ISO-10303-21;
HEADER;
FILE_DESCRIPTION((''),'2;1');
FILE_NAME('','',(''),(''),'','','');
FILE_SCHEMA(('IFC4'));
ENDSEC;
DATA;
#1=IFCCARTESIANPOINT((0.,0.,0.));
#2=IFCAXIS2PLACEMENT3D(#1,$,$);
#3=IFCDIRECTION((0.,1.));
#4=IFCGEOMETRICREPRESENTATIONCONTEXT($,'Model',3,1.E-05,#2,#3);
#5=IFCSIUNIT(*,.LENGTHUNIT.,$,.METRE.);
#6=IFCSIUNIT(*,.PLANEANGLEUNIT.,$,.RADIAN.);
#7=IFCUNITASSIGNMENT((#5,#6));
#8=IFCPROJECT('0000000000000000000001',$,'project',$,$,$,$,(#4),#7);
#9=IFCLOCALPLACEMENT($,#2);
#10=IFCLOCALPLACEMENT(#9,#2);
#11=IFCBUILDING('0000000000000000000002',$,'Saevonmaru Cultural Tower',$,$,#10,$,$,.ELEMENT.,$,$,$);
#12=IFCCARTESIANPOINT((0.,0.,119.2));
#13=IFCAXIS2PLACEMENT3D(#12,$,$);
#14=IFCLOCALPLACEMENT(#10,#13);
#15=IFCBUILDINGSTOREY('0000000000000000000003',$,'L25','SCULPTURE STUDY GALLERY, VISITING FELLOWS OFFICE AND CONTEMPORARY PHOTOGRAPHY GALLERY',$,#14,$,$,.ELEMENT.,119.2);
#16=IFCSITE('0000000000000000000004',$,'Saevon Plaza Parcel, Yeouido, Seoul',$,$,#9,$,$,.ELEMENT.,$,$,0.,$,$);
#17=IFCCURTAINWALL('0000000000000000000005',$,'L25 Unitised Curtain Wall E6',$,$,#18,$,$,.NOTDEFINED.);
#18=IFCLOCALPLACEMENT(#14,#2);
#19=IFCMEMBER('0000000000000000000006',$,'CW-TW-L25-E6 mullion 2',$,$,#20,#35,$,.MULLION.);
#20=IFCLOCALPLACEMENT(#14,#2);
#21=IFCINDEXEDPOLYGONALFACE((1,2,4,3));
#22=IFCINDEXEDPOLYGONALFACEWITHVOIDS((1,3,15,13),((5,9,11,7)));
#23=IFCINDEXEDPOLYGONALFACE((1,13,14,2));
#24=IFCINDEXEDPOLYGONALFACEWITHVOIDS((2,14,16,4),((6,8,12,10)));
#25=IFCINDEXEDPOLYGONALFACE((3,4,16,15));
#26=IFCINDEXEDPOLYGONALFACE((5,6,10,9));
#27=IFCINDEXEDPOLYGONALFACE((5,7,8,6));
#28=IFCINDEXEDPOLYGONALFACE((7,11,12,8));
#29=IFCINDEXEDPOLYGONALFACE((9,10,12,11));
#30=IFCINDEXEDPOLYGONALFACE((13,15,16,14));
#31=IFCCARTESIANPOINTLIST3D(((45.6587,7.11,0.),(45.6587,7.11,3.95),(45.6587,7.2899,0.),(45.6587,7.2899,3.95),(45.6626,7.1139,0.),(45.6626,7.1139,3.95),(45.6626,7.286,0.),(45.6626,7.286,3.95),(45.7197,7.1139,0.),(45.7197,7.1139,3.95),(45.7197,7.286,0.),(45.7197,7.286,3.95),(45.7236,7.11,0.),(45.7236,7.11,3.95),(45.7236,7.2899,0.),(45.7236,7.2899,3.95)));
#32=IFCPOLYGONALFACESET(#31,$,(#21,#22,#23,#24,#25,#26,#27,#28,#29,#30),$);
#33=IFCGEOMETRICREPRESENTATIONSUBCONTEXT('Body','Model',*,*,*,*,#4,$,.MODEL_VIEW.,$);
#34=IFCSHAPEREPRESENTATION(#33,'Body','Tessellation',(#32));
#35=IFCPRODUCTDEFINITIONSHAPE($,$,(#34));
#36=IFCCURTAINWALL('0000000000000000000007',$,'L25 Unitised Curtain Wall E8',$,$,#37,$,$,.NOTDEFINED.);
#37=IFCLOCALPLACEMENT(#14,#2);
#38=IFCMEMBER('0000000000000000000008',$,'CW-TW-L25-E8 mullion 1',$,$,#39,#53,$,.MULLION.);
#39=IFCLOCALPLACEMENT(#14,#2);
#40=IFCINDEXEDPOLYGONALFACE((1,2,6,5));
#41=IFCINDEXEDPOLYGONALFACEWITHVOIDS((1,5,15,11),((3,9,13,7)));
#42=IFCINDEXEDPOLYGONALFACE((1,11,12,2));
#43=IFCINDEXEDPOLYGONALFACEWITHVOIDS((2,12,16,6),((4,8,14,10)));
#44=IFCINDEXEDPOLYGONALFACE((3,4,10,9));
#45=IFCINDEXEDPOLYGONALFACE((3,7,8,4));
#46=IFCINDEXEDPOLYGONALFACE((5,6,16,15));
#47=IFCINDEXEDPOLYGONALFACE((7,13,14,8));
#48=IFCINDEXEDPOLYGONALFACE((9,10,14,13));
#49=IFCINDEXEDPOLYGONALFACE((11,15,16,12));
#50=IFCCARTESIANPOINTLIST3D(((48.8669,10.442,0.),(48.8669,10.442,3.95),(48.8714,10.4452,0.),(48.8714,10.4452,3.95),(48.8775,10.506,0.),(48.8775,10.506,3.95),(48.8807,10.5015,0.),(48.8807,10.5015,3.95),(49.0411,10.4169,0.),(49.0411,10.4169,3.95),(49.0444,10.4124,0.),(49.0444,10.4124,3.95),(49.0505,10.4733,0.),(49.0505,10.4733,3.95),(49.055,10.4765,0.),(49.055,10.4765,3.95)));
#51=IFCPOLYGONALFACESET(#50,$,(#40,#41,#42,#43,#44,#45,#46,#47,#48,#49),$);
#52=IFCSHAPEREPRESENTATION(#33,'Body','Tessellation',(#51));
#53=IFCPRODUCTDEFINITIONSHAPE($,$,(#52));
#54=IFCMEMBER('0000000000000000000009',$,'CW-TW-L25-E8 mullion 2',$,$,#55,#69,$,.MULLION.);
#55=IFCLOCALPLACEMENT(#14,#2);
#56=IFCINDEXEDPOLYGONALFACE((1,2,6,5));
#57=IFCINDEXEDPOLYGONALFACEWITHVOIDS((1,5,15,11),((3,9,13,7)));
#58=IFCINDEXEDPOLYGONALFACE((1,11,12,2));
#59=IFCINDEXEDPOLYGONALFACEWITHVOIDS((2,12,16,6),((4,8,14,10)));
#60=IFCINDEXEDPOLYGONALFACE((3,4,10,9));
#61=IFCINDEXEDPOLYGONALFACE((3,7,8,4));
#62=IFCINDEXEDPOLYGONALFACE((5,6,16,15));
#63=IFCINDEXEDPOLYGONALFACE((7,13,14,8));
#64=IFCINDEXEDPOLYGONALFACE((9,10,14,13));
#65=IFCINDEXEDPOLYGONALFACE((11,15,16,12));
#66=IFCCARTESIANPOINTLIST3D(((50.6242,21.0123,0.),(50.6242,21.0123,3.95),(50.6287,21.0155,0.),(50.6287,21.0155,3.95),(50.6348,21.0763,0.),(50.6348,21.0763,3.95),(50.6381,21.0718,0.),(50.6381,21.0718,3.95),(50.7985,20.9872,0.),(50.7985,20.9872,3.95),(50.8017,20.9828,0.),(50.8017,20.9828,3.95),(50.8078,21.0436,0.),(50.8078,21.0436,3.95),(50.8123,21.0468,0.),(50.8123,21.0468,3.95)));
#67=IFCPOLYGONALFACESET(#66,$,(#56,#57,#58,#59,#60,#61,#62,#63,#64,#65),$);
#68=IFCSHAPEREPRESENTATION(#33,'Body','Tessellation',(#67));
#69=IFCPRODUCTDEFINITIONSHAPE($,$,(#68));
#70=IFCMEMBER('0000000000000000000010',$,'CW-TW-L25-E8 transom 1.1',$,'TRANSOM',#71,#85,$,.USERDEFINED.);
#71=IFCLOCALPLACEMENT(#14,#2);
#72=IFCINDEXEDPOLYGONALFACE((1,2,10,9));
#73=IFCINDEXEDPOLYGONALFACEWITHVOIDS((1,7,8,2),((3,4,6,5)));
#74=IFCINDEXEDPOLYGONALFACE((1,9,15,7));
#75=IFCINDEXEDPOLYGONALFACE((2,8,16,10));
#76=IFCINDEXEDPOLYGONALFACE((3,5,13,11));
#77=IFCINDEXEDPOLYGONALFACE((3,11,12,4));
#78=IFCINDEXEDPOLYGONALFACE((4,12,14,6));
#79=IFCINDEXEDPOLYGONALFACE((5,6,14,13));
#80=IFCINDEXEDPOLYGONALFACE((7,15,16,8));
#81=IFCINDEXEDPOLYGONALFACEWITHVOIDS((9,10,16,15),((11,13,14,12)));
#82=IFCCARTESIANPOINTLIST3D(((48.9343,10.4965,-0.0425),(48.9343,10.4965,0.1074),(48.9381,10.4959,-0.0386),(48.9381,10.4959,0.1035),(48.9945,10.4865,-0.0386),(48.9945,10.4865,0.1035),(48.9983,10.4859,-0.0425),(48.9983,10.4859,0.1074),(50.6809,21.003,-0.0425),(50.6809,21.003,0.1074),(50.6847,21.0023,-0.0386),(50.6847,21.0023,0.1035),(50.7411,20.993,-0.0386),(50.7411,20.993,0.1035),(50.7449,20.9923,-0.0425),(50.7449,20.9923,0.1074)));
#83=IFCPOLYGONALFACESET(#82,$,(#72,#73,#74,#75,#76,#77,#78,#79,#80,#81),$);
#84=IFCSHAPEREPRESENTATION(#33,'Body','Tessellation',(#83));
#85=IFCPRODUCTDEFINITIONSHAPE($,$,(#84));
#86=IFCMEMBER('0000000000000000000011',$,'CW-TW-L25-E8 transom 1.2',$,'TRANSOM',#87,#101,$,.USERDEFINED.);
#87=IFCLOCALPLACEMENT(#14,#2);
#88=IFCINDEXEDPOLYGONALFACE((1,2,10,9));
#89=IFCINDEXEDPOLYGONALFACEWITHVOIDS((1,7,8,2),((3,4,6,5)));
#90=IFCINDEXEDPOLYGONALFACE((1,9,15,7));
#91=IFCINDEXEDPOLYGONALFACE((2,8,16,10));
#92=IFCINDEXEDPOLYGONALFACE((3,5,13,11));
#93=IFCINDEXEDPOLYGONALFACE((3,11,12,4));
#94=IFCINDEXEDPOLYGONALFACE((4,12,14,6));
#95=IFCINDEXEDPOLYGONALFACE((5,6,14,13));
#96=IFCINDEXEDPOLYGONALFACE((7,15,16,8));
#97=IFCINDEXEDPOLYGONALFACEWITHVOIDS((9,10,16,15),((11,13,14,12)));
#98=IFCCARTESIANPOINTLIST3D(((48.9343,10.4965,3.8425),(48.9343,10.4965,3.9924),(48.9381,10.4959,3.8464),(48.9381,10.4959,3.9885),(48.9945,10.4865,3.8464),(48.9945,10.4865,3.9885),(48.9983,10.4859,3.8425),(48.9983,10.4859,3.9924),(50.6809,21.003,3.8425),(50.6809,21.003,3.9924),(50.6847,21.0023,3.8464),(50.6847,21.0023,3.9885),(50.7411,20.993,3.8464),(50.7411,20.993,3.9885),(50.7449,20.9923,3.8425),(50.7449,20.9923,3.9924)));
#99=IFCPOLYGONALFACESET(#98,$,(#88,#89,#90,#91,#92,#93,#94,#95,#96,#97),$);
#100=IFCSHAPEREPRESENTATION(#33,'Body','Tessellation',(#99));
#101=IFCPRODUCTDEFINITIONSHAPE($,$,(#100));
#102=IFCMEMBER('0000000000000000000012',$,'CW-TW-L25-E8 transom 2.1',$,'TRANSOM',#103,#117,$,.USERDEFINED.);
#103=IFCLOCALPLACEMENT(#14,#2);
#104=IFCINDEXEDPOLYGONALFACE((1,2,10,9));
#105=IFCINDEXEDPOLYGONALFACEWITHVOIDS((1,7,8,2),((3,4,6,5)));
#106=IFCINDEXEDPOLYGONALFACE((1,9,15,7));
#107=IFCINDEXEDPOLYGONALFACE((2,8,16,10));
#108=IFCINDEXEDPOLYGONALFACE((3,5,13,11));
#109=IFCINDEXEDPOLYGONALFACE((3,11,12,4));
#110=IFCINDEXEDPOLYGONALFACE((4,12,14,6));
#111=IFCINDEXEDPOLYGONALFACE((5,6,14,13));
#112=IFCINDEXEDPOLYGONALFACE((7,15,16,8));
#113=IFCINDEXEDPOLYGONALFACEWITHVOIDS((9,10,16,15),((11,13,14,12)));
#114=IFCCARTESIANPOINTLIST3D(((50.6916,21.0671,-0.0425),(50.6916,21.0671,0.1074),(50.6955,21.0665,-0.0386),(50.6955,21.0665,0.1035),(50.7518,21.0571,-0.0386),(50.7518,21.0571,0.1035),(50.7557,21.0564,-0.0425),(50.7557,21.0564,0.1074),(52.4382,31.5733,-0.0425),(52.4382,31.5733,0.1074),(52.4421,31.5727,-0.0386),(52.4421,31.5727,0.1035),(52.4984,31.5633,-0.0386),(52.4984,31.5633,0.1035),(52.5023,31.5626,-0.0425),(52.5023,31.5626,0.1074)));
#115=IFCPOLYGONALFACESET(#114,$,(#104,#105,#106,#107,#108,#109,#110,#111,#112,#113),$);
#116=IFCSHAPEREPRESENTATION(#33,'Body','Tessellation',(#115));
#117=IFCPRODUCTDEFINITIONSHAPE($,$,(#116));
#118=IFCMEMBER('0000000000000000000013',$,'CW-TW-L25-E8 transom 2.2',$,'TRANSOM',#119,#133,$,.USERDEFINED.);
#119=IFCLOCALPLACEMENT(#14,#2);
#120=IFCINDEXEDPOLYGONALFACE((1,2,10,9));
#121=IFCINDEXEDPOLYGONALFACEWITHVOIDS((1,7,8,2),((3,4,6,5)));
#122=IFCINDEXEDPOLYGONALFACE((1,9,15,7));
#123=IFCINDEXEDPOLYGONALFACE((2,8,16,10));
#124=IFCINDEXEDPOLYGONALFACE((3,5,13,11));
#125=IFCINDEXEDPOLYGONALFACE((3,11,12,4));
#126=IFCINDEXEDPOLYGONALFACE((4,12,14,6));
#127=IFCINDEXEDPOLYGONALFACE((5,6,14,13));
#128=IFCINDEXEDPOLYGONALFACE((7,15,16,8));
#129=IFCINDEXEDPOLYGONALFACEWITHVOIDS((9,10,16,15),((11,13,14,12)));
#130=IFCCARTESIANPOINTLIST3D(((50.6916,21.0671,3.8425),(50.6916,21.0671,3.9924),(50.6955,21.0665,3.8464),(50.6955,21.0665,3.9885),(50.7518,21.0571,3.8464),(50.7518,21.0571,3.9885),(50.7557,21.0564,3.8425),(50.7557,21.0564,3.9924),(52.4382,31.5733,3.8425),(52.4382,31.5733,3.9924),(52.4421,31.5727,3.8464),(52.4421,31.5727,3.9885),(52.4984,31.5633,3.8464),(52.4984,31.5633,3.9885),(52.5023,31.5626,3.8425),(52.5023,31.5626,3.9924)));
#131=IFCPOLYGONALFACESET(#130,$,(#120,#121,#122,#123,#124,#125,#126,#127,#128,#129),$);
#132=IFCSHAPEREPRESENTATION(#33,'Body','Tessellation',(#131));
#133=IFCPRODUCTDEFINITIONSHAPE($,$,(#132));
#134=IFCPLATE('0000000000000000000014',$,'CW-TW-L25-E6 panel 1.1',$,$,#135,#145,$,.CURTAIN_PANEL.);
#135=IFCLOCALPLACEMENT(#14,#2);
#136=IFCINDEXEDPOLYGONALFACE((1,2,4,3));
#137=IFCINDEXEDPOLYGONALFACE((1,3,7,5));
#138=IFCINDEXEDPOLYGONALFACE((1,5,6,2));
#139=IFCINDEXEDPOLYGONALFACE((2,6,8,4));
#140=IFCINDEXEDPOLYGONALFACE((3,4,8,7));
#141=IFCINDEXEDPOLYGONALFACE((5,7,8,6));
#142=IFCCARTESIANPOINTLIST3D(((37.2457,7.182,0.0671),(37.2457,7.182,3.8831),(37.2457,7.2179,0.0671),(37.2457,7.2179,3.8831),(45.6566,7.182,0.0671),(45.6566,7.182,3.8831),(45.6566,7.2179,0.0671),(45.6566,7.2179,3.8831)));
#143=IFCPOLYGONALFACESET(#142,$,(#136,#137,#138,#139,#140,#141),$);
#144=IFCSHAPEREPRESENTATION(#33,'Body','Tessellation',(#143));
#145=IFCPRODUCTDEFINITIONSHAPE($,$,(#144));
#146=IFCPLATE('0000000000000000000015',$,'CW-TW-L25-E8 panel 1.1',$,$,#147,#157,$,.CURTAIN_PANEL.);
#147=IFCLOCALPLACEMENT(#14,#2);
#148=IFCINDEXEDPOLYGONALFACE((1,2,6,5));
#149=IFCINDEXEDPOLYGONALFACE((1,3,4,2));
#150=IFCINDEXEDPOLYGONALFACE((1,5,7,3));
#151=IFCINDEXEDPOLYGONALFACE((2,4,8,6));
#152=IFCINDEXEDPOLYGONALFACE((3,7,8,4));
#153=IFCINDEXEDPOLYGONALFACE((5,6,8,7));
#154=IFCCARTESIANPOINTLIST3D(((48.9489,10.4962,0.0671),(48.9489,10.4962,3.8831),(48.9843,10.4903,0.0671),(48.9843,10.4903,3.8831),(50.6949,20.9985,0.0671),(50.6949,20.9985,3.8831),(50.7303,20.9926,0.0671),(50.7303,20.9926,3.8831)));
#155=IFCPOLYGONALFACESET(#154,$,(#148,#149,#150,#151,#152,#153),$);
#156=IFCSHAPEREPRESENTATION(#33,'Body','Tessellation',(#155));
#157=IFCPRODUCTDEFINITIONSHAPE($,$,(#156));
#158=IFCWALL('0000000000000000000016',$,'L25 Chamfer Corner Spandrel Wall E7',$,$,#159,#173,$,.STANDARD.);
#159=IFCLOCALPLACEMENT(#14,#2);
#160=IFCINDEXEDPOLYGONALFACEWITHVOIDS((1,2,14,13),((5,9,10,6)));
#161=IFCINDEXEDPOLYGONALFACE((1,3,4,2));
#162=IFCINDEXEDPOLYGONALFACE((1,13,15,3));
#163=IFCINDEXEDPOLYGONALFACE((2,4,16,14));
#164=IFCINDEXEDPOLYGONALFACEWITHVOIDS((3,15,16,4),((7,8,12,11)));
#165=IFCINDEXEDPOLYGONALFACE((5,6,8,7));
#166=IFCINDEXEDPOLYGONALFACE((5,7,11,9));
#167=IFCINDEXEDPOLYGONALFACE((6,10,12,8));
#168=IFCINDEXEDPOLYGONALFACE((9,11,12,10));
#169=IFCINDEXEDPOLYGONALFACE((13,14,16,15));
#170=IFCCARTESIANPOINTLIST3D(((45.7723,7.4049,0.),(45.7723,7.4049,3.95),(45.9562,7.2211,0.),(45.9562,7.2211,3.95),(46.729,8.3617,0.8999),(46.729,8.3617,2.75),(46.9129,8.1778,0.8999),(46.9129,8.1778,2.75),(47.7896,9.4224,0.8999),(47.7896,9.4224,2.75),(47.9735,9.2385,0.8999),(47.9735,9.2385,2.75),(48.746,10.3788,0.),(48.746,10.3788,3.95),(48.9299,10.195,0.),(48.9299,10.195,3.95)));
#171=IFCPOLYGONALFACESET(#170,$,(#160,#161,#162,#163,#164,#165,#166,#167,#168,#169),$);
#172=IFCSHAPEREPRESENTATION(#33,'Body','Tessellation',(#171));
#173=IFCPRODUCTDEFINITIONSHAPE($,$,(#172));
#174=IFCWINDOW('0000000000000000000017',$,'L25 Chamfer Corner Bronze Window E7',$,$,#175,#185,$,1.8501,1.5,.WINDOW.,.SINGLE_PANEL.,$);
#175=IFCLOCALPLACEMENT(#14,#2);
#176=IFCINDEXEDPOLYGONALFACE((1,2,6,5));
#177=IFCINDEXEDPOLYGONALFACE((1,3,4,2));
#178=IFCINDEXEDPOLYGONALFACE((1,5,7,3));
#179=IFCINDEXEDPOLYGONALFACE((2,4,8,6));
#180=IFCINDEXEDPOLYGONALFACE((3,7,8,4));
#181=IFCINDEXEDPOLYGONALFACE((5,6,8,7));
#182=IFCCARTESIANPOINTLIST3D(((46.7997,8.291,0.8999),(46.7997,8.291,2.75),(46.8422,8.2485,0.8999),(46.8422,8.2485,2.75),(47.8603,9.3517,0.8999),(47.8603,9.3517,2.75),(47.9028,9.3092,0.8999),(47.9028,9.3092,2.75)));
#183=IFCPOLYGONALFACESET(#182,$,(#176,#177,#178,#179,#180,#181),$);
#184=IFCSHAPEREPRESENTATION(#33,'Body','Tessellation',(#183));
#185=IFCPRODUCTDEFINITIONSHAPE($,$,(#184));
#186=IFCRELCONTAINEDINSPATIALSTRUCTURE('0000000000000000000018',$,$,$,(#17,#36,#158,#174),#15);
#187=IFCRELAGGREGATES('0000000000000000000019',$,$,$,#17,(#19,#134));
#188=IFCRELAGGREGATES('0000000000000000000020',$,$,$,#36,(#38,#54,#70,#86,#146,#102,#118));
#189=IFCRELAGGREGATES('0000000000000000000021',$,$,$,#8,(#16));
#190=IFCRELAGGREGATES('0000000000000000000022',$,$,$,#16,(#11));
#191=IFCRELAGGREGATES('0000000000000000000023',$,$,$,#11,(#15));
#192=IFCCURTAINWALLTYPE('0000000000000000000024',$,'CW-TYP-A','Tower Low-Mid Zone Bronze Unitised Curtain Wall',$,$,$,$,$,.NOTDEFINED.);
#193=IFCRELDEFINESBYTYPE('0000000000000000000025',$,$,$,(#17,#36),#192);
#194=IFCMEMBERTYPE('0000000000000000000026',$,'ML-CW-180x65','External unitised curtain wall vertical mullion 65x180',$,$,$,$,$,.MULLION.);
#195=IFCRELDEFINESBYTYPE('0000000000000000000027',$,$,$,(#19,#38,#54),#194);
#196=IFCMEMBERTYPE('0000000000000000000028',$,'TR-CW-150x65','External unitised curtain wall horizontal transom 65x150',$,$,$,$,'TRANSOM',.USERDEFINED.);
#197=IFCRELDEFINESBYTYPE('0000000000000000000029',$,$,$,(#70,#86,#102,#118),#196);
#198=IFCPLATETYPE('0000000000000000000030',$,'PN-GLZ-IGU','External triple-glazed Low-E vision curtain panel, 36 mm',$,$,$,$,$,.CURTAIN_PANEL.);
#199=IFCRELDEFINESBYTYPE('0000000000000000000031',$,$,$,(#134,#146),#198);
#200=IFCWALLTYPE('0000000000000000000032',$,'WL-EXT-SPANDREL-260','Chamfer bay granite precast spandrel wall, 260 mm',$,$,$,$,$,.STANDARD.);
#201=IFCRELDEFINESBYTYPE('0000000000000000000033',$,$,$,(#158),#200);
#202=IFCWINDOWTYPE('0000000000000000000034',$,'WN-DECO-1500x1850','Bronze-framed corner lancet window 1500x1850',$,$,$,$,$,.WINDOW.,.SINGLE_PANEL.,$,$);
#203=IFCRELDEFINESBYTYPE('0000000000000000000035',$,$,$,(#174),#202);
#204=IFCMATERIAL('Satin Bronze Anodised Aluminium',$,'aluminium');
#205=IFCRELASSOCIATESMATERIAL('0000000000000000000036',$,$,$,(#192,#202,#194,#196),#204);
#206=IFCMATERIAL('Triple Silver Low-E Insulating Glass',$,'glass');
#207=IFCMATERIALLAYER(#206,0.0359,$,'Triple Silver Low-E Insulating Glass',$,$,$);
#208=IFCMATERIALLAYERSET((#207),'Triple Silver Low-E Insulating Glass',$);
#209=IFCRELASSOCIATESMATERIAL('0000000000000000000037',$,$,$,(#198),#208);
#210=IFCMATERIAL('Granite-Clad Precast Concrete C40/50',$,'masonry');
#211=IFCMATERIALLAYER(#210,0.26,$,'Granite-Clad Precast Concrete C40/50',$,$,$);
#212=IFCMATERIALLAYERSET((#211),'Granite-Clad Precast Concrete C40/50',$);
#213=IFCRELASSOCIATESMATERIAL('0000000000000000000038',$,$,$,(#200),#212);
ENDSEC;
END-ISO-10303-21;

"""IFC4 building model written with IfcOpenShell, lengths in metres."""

from ifc_helpers import new_model, si_unit, direction, frame, frame_2d, origin, origin_2d, place, context, subcontext, project, spatial, rectangle, hollow_rectangle, extrude, material, layer, layer_set, material_profile, profile_set, type_object, element, fill, aggregate, save


model = new_model("IFC4")

# Units and contexts
model_context = context("Model", 3, precision=1e-05, world=origin(), true_north=direction((0.0, 1.0)))
body_context = subcontext(model_context, "Body", "Model", "MODEL_VIEW")
ifc_project = project(units=[si_unit("LENGTHUNIT", "METRE"), si_unit("PLANEANGLEUNIT", "RADIAN")], contexts=[model_context])

# Site, building, storey
site_placement = place(None, origin())
site = spatial("IfcSite", under=ifc_project, at=site_placement, Name="Saevon Plaza Parcel, Yeouido, Seoul", CompositionType="ELEMENT", RefElevation=0.0)
building_placement = place(site_placement, origin())
building = spatial("IfcBuilding", under=site, at=building_placement, Name="Saevonmaru Cultural Tower", CompositionType="ELEMENT")
storey_placement = place(building_placement, frame((0.0, 0.0, 119.2)))
storey = spatial("IfcBuildingStorey", under=building, at=storey_placement, Name="L25", Description="SCULPTURE STUDY GALLERY, VISITING FELLOWS OFFICE AND CONTEMPORARY PHOTOGRAPHY GALLERY", CompositionType="ELEMENT", Elevation=119.2)

# Curtain wall, member
ifc_material_1 = material(Name="Satin Bronze Anodised Aluminium", Category="aluminium")
curtain_wall_type = type_object("IfcCurtainWallType", Name="CW-TYP-A", Description="Tower Low-Mid Zone Bronze Unitised Curtain Wall", PredefinedType="NOTDEFINED", material=ifc_material_1)
curtain_wall_1_placement = place(storey_placement, origin())
curtain_wall_1 = element("IfcCurtainWall", 1, at=curtain_wall_1_placement, inside=storey, type_object=curtain_wall_type, Name="L25 Unitised Curtain Wall E6", PredefinedType="NOTDEFINED")
ifc_material_profile_1 = material_profile(ifc_material_1, hollow_rectangle(XDim=0.0649, YDim=0.1799, WallThickness=0.0039, at=origin_2d()), Name="ALU-MULL-180x65x4")
ifc_profile_set_1 = profile_set([ifc_material_profile_1], Name="Satin Bronze Anodised Aluminium")
member_type_1 = type_object("IfcMemberType", Name="ML-CW-180x65", Description="External unitised curtain wall vertical mullion 65x180", PredefinedType="MULLION", material=ifc_profile_set_1)
member_1_placement = place(storey_placement, frame((45.6912, 7.2, 0.0), z_axis=(0.0, 0.0, 1.0), x_axis=(1.0, 0.0, 0.0)))
member_1 = element("IfcMember", 2, at=member_1_placement, type_object=member_type_1, Name="CW-TW-L25-E6 mullion 2", PredefinedType="MULLION", context=body_context, shape_type="SweptSolid", body=[
    extrude(hollow_rectangle(XDim=0.0649, YDim=0.1799, WallThickness=0.0039, at=origin_2d()), origin(), (0.0, 0.0, 1.0), 3.95),
])

# Curtain wall, members
curtain_wall_2_placement = place(storey_placement, origin())
curtain_wall_2 = element("IfcCurtainWall", 3, at=curtain_wall_2_placement, inside=storey, type_object=curtain_wall_type, Name="L25 Unitised Curtain Wall E8", PredefinedType="NOTDEFINED")
member_2_placement = place(storey_placement, frame((48.9609, 10.4592, 0.0), z_axis=(0.0, 0.0, 1.0), x_axis=(0.163999, 0.986461, 0.0)))
member_2 = element("IfcMember", 4, at=member_2_placement, type_object=member_type_1, Name="CW-TW-L25-E8 mullion 1", PredefinedType="MULLION", context=body_context, shape_type="SweptSolid", body=[
    extrude(hollow_rectangle(XDim=0.0649, YDim=0.1799, WallThickness=0.0039, at=origin_2d()), origin(), (0.0, 0.0, 1.0), 3.95),
])
member_3_placement = place(storey_placement, frame((50.7183, 21.0295, 0.0), z_axis=(0.0, 0.0, 1.0), x_axis=(0.163999, 0.986461, 0.0)))
member_3 = element("IfcMember", 5, at=member_3_placement, type_object=member_type_1, Name="CW-TW-L25-E8 mullion 2", PredefinedType="MULLION", context=body_context, shape_type="SweptSolid", body=[
    extrude(hollow_rectangle(XDim=0.0649, YDim=0.1799, WallThickness=0.0039, at=origin_2d()), origin(), (0.0, 0.0, 1.0), 3.95),
])
ifc_material_profile_2 = material_profile(ifc_material_1, hollow_rectangle(XDim=0.0649, YDim=0.1499, WallThickness=0.0039, at=origin_2d()), Name="ALU-TRAN-150x65x4")
ifc_profile_set_2 = profile_set([ifc_material_profile_2], Name="Satin Bronze Anodised Aluminium")
member_type_2 = type_object("IfcMemberType", Name="TR-CW-150x65", Description="External unitised curtain wall horizontal transom 65x150", ElementType="TRANSOM", PredefinedType="USERDEFINED", material=ifc_profile_set_2)
member_4_placement = place(storey_placement, frame((48.9663, 10.4912, 0.0325), z_axis=(0.16399, 0.986462, 0.0), x_axis=(-0.986462, 0.16399, 0.0)))
member_4 = element("IfcMember", 6, at=member_4_placement, type_object=member_type_2, Name="CW-TW-L25-E8 transom 1.1", ObjectType="TRANSOM", PredefinedType="USERDEFINED", context=body_context, shape_type="SweptSolid", body=[
    extrude(hollow_rectangle(XDim=0.0649, YDim=0.1499, WallThickness=0.0039, at=origin_2d()), origin(), (0.0, 0.0, 1.0), 10.6506),
])
member_5_placement = place(storey_placement, frame((48.9663, 10.4912, 3.9175), z_axis=(0.16399, 0.986462, 0.0), x_axis=(-0.986462, 0.16399, 0.0)))
member_5 = element("IfcMember", 7, at=member_5_placement, type_object=member_type_2, Name="CW-TW-L25-E8 transom 1.2", ObjectType="TRANSOM", PredefinedType="USERDEFINED", context=body_context, shape_type="SweptSolid", body=[
    extrude(hollow_rectangle(XDim=0.0649, YDim=0.1499, WallThickness=0.0039, at=origin_2d()), origin(), (0.0, 0.0, 1.0), 10.6506),
])
member_6_placement = place(storey_placement, frame((50.7236, 21.0618, 0.0325), z_axis=(0.163994, 0.986461, 0.0), x_axis=(-0.986461, 0.163994, 0.0)))
member_6 = element("IfcMember", 8, at=member_6_placement, type_object=member_type_2, Name="CW-TW-L25-E8 transom 2.1", ObjectType="TRANSOM", PredefinedType="USERDEFINED", context=body_context, shape_type="SweptSolid", body=[
    extrude(hollow_rectangle(XDim=0.0649, YDim=0.1499, WallThickness=0.0039, at=origin_2d()), origin(), (0.0, 0.0, 1.0), 10.6504),
])
member_7_placement = place(storey_placement, frame((50.7236, 21.0618, 3.9175), z_axis=(0.163994, 0.986461, 0.0), x_axis=(-0.986461, 0.163994, 0.0)))
member_7 = element("IfcMember", 9, at=member_7_placement, type_object=member_type_2, Name="CW-TW-L25-E8 transom 2.2", ObjectType="TRANSOM", PredefinedType="USERDEFINED", context=body_context, shape_type="SweptSolid", body=[
    extrude(hollow_rectangle(XDim=0.0649, YDim=0.1499, WallThickness=0.0039, at=origin_2d()), origin(), (0.0, 0.0, 1.0), 10.6504),
])

# Plates
ifc_material_2 = material(Name="Triple Silver Low-E Insulating Glass", Category="glass")
ifc_layer_1 = layer(ifc_material_2, 0.0359, Name="Triple Silver Low-E Insulating Glass")
ifc_layer_set_1 = layer_set([ifc_layer_1], Name="Triple Silver Low-E Insulating Glass")
plate_type = type_object("IfcPlateType", Name="PN-GLZ-IGU", Description="External triple-glazed Low-E vision curtain panel, 36 mm", PredefinedType="CURTAIN_PANEL", material=ifc_layer_set_1)
plate_1_placement = place(storey_placement, frame((41.4512, 7.2, 0.0671), z_axis=(0.0, 0.0, 1.0), x_axis=(1.0, 0.0, 0.0)))
plate_1 = element("IfcPlate", 10, at=plate_1_placement, type_object=plate_type, Name="CW-TW-L25-E6 panel 1.1", PredefinedType="CURTAIN_PANEL", context=body_context, shape_type="SweptSolid", body=[
    extrude(rectangle(XDim=8.4109, YDim=0.0359, at=origin_2d()), origin(), (0.0, 0.0, 1.0), 3.8159),
])
aggregate(curtain_wall_1, [member_1, plate_1])
plate_2_placement = place(storey_placement, frame((49.8396, 15.7444, 0.0671), z_axis=(0.0, 0.0, 1.0), x_axis=(0.163999, 0.986461, 0.0)))
plate_2 = element("IfcPlate", 11, at=plate_2_placement, type_object=plate_type, Name="CW-TW-L25-E8 panel 1.1", PredefinedType="CURTAIN_PANEL", context=body_context, shape_type="SweptSolid", body=[
    extrude(rectangle(XDim=10.6465, YDim=0.0359, at=origin_2d()), origin(), (0.0, 0.0, 1.0), 3.8159),
])
aggregate(curtain_wall_2, [member_2, member_3, member_4, member_5, plate_2, member_6, member_7])

# Wall, opening, window
ifc_material_3 = material(Name="Granite-Clad Precast Concrete C40/50", Category="masonry")
ifc_layer_2 = layer(ifc_material_3, 0.26, Name="Granite-Clad Precast Concrete C40/50")
ifc_layer_set_2 = layer_set([ifc_layer_2], Name="Granite-Clad Precast Concrete C40/50")
wall_type_1 = type_object("IfcWallType", Name="WL-EXT-SPANDREL-260", Description="Chamfer bay granite precast spandrel wall, 260 mm", PredefinedType="STANDARD", material=ifc_layer_set_2)
wall_1_placement = place(storey_placement, frame((45.8643, 7.313, 0.0), z_axis=(0.0, 0.0, 1.0), x_axis=(0.707078, 0.707136, 0.0)))
wall_1 = element("IfcWall", 12, at=wall_1_placement, inside=storey, type_object=wall_type_1, Name="L25 Chamfer Corner Spandrel Wall E7", PredefinedType="STANDARD", context=body_context, shape_type="SweptSolid", body=[
    extrude(rectangle(XDim=4.2056, YDim=0.26, at=frame_2d((2.1028, 0.0))), origin(), (0.0, 0.0, 1.0), 3.95),
])
opening_placement = place(wall_1_placement, frame((1.353, 0.0, 0.8999)))
opening = element("IfcOpeningElement", 13, at=opening_placement, cuts=wall_1, PredefinedType="OPENING", context=body_context, shape_type="SweptSolid", body=[
    extrude(rectangle(XDim=1.5, YDim=1.8501, at=frame_2d((0.75, 0.925))), frame((0.0, 0.1401, 0.0), z_axis=(0.0, -1.0, 0.0), x_axis=(1.0, 0.0, 0.0)), (0.0, 0.0, 1.0), 0.28),
])
window_type = type_object("IfcWindowType", Name="WN-DECO-1500x1850", Description="Bronze-framed corner lancet window 1500x1850", PartitioningType="SINGLE_PANEL", PredefinedType="WINDOW", material=ifc_material_1)
window_placement = place(opening_placement, origin())
window = element("IfcWindow", 14, at=window_placement, inside=storey, type_object=window_type, Name="L25 Chamfer Corner Bronze Window E7", OverallHeight=1.8501, OverallWidth=1.5, PartitioningType="SINGLE_PANEL", PredefinedType="WINDOW", context=body_context, shape_type="SweptSolid", body=[
    extrude(rectangle(XDim=1.5, YDim=1.8501, at=frame_2d((0.75, 0.925))), frame((0.0, 0.03, 0.0), z_axis=(0.0, -1.0, 0.0), x_axis=(1.0, 0.0, 0.0)), (0.0, 0.0, 1.0), 0.0601),
])
fill(opening, window)

save(model, "model.ifc")
